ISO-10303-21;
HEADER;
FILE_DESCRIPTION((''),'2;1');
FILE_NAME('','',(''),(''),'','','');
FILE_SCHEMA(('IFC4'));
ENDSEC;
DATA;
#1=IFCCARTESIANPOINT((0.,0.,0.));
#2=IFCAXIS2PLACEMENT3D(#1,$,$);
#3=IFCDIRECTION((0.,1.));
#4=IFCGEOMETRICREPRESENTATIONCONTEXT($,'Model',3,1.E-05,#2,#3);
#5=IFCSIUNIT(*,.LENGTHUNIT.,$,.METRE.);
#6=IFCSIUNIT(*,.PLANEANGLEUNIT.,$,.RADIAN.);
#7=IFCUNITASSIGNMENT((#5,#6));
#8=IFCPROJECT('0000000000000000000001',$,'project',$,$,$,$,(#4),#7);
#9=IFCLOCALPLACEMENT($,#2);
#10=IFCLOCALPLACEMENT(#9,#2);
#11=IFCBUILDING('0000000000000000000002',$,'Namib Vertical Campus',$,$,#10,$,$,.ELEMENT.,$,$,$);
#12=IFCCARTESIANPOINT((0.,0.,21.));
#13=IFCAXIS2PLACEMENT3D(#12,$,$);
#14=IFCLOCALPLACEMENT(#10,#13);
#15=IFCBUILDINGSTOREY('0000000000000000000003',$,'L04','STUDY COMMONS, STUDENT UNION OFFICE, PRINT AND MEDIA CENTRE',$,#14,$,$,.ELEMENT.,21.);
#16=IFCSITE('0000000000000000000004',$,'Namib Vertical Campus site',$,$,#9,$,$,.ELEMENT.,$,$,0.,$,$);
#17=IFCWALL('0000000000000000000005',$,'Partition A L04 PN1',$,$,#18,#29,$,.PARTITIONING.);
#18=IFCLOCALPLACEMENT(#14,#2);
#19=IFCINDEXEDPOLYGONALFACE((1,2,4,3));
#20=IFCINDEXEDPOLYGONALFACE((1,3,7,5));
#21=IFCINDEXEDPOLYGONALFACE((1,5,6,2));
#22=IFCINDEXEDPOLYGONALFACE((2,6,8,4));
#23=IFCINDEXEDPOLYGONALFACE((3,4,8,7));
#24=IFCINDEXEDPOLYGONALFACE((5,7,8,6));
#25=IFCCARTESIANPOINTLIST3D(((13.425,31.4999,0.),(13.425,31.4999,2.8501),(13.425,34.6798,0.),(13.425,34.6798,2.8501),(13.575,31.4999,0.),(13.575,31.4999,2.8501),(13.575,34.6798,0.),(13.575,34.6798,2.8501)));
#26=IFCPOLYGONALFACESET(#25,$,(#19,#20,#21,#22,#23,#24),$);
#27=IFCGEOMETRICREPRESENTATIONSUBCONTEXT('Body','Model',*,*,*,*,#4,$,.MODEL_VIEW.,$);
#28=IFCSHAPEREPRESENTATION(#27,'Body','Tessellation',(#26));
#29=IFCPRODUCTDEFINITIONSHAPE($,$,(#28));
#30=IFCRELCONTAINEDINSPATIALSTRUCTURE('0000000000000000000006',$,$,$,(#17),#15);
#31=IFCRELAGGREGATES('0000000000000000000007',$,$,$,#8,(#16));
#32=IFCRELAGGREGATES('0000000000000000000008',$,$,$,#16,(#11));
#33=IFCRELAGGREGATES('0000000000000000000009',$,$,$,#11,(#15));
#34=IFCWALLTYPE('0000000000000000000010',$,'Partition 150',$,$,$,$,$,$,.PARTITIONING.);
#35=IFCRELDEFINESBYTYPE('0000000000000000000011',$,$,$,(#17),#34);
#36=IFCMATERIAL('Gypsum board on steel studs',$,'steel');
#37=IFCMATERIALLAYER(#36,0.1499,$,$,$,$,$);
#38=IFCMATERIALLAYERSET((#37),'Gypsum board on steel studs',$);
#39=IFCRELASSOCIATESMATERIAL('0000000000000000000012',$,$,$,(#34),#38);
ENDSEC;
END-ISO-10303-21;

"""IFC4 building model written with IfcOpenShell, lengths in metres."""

from ifc_helpers import new_model, si_unit, direction, frame, frame_2d, origin, place, context, subcontext, project, spatial, rectangle, extrude, material, layer, layer_set, type_object, element, save


model = new_model("IFC4")

# Units and contexts
model_context = context("Model", 3, precision=1e-05, world=origin(), true_north=direction((0.0, 1.0)))
body_context = subcontext(model_context, "Body", "Model", "MODEL_VIEW")
ifc_project = project(units=[si_unit("LENGTHUNIT", "METRE"), si_unit("PLANEANGLEUNIT", "RADIAN")], contexts=[model_context])

# Site, building, storey
site_placement = place(None, origin())
site = spatial("IfcSite", under=ifc_project, at=site_placement, Name="Namib Vertical Campus site", CompositionType="ELEMENT", RefElevation=0.0)
building_placement = place(site_placement, origin())
building = spatial("IfcBuilding", under=site, at=building_placement, Name="Namib Vertical Campus", CompositionType="ELEMENT")
storey_placement = place(building_placement, frame((0.0, 0.0, 21.0)))
storey = spatial("IfcBuildingStorey", under=building, at=storey_placement, Name="L04", Description="STUDY COMMONS, STUDENT UNION OFFICE, PRINT AND MEDIA CENTRE", CompositionType="ELEMENT", Elevation=21.0)

# Wall
ifc_material_1 = material(Name="Gypsum board on steel studs", Category="steel")
ifc_layer_1 = layer(ifc_material_1, 0.1499)
ifc_layer_set_1 = layer_set([ifc_layer_1], Name="Gypsum board on steel studs")
wall_type_1 = type_object("IfcWallType", Name="Partition 150", PredefinedType="PARTITIONING", material=ifc_layer_set_1)
wall_1_placement = place(storey_placement, frame((13.5, 31.5, 0.0), z_axis=(0.0, 0.0, 1.0), x_axis=(0.0, 1.0, 0.0)))
element("IfcWall", 1, at=wall_1_placement, inside=storey, type_object=wall_type_1, Name="Partition A L04 PN1", PredefinedType="PARTITIONING", context=body_context, shape_type="SweptSolid", body=[
    extrude(rectangle(XDim=3.1799, YDim=0.1499, at=frame_2d((1.5898, 0.0))), origin(), (0.0, 0.0, 1.0), 2.8501),
])

save(model, "model.ifc")
